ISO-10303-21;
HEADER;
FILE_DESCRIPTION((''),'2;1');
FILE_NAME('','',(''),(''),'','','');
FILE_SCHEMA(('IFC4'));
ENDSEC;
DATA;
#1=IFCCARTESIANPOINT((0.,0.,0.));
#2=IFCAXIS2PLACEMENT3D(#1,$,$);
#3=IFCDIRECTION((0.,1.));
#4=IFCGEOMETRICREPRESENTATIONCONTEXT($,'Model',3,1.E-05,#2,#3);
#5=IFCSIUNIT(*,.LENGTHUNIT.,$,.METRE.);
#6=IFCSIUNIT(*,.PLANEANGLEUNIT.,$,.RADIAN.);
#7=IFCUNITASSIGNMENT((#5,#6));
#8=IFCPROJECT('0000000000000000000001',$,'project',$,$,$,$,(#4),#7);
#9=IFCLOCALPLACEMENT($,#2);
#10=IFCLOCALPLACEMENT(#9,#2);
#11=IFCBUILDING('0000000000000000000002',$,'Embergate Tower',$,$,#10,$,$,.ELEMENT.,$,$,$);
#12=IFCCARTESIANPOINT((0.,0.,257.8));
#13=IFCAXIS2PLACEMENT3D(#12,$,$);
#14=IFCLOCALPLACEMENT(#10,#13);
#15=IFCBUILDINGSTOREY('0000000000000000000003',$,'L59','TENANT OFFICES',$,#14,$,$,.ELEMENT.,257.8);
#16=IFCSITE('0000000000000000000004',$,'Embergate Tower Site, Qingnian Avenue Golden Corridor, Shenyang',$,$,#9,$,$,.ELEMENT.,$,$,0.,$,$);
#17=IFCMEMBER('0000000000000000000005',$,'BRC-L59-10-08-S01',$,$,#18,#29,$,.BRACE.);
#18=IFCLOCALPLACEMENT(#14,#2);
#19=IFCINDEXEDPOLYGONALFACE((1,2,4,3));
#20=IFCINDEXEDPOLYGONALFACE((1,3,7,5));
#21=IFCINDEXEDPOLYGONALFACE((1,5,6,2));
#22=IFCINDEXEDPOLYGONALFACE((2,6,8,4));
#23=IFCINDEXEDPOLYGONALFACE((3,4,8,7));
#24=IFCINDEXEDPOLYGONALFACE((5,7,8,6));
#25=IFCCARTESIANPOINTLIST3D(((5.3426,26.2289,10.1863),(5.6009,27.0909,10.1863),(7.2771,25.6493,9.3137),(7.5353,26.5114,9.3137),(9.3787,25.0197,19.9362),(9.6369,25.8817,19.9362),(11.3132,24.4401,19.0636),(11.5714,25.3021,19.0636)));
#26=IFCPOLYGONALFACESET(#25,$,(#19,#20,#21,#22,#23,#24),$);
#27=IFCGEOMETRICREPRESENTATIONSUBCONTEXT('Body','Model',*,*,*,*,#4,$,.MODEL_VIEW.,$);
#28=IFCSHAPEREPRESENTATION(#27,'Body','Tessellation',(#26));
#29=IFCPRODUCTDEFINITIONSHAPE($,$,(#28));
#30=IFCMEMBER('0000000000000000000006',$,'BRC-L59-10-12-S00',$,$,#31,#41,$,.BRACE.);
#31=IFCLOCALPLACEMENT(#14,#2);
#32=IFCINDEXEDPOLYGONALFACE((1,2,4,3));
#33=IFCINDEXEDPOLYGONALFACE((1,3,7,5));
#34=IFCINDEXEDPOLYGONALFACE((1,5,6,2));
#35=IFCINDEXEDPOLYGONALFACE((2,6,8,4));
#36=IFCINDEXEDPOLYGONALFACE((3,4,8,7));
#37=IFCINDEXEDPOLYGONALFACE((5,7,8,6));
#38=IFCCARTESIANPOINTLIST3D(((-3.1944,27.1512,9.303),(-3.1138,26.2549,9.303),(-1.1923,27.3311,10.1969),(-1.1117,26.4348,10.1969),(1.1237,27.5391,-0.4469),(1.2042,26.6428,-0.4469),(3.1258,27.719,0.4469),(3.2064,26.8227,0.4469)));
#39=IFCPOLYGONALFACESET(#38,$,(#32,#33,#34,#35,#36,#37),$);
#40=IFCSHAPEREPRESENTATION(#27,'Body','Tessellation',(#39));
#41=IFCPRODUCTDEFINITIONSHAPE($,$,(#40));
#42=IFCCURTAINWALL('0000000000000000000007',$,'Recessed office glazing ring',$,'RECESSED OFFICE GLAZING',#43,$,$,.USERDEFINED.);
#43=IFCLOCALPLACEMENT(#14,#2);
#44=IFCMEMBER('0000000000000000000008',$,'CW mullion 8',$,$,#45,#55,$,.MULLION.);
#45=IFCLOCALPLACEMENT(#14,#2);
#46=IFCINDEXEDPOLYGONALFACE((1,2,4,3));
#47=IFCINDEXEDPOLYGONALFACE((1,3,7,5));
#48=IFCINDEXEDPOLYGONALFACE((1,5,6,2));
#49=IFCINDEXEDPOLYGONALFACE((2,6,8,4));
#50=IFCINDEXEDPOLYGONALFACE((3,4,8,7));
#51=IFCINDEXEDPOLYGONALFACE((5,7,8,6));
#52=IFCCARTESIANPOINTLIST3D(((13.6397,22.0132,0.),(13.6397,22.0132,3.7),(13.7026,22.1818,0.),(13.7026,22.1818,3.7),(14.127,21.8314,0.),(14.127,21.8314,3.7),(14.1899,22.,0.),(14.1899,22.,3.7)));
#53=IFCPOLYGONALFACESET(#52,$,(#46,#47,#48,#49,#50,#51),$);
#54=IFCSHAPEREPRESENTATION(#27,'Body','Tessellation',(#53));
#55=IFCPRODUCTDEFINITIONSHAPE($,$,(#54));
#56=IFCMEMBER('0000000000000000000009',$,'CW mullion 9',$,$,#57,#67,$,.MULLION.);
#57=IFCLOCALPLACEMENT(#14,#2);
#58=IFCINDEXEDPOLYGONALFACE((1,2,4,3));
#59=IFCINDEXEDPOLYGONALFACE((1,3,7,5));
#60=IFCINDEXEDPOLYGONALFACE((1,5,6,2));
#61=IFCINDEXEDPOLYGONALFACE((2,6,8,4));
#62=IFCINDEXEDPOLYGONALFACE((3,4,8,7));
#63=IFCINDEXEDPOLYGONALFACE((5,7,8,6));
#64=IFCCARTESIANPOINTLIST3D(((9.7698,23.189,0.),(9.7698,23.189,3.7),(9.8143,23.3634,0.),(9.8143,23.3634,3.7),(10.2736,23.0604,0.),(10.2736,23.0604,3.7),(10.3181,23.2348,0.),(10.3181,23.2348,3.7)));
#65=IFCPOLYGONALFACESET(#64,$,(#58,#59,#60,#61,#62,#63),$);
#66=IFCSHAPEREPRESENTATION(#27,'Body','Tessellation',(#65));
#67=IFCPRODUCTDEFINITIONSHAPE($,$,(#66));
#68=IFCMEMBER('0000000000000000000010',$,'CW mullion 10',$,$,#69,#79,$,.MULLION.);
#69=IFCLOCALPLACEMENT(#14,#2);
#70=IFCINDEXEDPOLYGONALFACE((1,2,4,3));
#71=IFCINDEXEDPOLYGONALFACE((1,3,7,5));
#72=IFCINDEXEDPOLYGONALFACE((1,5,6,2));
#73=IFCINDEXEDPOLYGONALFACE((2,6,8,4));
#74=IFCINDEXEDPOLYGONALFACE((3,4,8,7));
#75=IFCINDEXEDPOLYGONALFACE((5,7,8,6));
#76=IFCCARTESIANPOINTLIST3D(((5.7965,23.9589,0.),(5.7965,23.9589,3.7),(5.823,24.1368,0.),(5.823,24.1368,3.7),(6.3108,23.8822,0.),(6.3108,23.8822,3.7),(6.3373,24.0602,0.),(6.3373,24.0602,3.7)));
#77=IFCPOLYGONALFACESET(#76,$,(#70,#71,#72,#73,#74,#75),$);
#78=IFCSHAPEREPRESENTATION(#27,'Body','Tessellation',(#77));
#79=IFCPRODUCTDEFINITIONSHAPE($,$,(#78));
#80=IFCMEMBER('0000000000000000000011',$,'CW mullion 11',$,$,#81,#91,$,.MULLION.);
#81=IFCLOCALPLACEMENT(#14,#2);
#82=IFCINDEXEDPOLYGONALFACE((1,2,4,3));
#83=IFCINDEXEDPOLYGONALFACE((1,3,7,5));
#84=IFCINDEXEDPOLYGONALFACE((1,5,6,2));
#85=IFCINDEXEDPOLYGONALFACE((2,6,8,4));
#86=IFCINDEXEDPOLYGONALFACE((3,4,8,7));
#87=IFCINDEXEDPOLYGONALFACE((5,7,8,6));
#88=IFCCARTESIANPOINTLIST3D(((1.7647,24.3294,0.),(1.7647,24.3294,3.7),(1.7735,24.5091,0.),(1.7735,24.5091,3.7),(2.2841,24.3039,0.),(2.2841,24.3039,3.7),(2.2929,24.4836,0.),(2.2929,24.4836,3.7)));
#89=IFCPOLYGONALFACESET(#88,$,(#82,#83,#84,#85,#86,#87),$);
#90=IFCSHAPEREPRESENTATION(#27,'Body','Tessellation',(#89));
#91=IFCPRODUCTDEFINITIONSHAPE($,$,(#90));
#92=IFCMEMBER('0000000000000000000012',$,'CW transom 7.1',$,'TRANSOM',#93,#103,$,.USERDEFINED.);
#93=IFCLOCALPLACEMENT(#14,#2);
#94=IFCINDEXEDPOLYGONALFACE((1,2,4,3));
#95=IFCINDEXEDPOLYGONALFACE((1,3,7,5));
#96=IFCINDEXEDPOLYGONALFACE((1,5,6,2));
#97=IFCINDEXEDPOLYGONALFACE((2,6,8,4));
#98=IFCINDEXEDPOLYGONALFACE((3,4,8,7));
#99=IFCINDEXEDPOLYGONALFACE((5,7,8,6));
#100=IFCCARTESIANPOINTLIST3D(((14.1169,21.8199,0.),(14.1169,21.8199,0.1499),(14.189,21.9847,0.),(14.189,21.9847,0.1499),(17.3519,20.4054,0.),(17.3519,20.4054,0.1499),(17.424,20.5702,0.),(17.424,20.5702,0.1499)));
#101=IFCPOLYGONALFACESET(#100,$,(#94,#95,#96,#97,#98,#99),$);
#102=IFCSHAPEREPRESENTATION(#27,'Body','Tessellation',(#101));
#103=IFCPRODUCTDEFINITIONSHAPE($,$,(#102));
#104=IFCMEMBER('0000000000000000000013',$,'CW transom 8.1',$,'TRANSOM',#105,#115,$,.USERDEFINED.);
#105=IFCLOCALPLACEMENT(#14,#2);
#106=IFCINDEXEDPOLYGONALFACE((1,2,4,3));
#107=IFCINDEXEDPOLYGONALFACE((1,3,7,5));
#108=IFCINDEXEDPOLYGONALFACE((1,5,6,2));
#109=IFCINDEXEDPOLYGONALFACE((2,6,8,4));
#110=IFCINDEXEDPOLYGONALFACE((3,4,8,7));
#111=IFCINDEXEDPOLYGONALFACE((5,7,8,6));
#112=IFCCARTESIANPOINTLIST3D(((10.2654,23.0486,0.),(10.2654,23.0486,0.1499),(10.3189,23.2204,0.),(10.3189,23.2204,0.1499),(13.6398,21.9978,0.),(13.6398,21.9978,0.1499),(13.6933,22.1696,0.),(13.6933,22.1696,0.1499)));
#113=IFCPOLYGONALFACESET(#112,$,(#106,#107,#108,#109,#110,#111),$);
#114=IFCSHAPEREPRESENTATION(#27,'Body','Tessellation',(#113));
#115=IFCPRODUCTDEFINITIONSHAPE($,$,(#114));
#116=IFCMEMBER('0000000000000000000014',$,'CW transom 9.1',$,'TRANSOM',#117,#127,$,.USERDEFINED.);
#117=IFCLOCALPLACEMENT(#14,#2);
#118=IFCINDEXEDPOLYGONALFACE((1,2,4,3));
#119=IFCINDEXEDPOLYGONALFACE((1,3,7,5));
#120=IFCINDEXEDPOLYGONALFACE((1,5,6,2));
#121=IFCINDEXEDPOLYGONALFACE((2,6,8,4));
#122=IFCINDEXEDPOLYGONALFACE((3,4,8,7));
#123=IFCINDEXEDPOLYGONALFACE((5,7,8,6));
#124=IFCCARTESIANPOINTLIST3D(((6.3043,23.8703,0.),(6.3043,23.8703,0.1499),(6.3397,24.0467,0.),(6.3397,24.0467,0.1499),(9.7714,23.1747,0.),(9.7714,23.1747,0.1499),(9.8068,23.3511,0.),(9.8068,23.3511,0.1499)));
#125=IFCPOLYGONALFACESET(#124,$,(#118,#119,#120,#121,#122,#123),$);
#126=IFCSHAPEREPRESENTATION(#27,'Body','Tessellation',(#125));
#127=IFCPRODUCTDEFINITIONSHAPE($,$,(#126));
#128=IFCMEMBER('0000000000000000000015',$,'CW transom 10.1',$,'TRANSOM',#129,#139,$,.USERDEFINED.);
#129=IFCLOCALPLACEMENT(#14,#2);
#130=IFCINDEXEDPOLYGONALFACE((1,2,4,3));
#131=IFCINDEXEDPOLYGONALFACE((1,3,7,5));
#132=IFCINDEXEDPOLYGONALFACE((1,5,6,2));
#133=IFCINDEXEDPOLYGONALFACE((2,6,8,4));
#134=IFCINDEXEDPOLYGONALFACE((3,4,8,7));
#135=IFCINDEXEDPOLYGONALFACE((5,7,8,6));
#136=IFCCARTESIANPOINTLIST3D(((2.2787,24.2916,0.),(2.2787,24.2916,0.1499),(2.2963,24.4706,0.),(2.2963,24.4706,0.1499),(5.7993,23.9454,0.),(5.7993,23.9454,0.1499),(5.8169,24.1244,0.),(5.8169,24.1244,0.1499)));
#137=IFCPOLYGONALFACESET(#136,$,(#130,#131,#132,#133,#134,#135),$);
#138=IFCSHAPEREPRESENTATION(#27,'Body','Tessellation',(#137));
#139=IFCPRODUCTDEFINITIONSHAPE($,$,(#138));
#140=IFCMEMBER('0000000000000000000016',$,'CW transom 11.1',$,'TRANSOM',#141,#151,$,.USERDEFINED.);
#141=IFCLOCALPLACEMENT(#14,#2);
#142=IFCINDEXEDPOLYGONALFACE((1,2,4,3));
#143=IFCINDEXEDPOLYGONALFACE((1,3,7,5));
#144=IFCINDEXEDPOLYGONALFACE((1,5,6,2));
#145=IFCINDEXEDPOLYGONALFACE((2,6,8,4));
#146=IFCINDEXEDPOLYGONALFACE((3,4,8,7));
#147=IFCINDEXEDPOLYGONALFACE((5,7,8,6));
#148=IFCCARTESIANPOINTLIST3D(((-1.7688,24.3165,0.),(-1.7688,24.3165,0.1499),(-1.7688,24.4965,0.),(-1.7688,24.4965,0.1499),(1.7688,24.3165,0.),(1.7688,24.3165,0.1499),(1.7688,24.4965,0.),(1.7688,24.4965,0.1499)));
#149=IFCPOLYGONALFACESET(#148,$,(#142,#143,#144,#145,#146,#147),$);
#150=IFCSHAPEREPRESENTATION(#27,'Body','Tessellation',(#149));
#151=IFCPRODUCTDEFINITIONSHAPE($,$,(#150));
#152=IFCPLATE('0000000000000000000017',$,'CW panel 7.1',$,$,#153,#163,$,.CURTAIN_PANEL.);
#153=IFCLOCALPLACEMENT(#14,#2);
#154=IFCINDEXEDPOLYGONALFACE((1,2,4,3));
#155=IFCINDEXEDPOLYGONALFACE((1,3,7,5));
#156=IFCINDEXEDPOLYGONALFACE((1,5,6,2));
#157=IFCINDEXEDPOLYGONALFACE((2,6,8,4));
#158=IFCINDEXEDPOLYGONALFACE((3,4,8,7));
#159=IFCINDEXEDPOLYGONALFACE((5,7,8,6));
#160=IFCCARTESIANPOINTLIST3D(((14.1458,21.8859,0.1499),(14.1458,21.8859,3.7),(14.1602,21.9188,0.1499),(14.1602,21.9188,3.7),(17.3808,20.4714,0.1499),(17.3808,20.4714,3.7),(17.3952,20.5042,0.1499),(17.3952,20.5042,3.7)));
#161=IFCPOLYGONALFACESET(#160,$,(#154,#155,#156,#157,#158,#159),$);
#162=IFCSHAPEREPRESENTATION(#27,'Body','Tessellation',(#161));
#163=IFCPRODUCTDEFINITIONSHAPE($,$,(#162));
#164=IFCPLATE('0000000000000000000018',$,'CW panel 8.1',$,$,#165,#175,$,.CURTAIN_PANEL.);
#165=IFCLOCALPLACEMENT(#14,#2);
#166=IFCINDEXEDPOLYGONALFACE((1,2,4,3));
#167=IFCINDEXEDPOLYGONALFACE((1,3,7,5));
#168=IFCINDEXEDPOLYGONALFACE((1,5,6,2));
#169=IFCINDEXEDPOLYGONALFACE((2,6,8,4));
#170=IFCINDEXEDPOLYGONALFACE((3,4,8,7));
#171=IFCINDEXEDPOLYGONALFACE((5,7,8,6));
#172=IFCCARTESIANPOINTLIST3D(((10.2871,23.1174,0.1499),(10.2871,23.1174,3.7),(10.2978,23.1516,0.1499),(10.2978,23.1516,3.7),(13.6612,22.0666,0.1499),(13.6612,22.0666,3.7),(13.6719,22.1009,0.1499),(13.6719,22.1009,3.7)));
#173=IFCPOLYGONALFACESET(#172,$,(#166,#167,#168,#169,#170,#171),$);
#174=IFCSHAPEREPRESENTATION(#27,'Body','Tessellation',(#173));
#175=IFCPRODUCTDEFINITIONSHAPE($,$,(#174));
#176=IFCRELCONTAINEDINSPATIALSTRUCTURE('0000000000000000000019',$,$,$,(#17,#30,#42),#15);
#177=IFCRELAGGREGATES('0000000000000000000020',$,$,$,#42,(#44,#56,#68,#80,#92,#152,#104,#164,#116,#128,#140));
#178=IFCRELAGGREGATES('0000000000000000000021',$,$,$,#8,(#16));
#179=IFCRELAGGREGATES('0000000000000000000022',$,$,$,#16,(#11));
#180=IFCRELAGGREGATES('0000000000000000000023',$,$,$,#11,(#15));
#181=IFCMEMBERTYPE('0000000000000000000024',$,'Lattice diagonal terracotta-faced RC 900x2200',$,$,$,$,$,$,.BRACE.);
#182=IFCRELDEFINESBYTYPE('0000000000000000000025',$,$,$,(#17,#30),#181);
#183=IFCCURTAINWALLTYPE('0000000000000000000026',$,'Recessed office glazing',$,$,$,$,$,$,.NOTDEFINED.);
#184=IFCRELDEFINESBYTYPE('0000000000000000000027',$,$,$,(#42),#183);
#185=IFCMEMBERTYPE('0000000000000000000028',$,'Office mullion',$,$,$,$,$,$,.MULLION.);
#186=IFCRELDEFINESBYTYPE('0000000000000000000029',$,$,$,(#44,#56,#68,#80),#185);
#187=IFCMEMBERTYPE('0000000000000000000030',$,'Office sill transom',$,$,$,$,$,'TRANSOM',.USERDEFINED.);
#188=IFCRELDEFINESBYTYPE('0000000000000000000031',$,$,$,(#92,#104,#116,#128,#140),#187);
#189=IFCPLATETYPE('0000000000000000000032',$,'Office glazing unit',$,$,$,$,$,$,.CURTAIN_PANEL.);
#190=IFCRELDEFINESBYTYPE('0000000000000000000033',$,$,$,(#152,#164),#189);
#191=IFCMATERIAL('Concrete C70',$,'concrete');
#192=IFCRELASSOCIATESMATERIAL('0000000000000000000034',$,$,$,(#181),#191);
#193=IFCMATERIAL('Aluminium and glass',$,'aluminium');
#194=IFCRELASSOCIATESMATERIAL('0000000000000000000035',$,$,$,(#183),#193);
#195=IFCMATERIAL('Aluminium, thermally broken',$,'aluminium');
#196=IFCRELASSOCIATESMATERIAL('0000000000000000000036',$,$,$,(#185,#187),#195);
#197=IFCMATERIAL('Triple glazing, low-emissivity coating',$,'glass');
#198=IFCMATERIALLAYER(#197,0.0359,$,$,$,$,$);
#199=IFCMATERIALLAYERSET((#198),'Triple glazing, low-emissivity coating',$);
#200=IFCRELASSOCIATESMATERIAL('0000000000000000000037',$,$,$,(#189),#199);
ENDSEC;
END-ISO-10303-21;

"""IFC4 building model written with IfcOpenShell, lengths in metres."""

from ifc_helpers import new_model, si_unit, direction, frame, origin, origin_2d, place, context, subcontext, project, spatial, rectangle, extrude, source, transform, mapped, material, layer, layer_set, material_profile, profile_set, type_object, element, aggregate, save


model = new_model("IFC4")

# Units and contexts
model_context = context("Model", 3, precision=1e-05, world=origin(), true_north=direction((0.0, 1.0)))
body_context = subcontext(model_context, "Body", "Model", "MODEL_VIEW")
ifc_project = project(units=[si_unit("LENGTHUNIT", "METRE"), si_unit("PLANEANGLEUNIT", "RADIAN")], contexts=[model_context])

# Site, building, storey
site_placement = place(None, origin())
site = spatial("IfcSite", under=ifc_project, at=site_placement, Name="Embergate Tower Site, Qingnian Avenue Golden Corridor, Shenyang", CompositionType="ELEMENT", RefElevation=0.0)
building_placement = place(site_placement, origin())
building = spatial("IfcBuilding", under=site, at=building_placement, Name="Embergate Tower", CompositionType="ELEMENT")
storey_placement = place(building_placement, frame((0.0, 0.0, 257.8)))
storey = spatial("IfcBuildingStorey", under=building, at=storey_placement, Name="L59", Description="TENANT OFFICES", CompositionType="ELEMENT", Elevation=257.8)

# Members
ifc_material_1 = material(Name="Concrete C70", Category="concrete")
ifc_material_profile_1 = material_profile(ifc_material_1, rectangle(XDim=0.8999, YDim=2.2, at=origin_2d()), Name="RC 900x2200")
ifc_profile_set_1 = profile_set([ifc_material_profile_1], Name="Concrete C70")
member_type_1 = type_object("IfcMemberType", Name="Lattice diagonal terracotta-faced RC 900x2200", PredefinedType="BRACE", material=ifc_profile_set_1)
shared_shape_1 = source(origin(), body_context, "Body", "SweptSolid", [
    extrude(rectangle(XDim=0.8999, YDim=2.2, at=origin_2d()), origin(), (0.0, 0.0, 1.0), 10.6213),
])
member_1_placement = place(storey_placement, frame((6.439, 26.3701, 9.75), z_axis=(0.379998, -0.113848, 0.917954), x_axis=(0.286997, 0.957931, 0.0)))
element("IfcMember", 1, at=member_1_placement, inside=storey, type_object=member_type_1, Name="BRC-L59-10-08-S01", PredefinedType="BRACE", context=body_context, shape_type="MappedRepresentation", body=[
    mapped(shared_shape_1, transform((0.0, 0.0, 0.0))),
])
shared_shape_2 = source(origin(), body_context, "Body", "SweptSolid", [
    extrude(rectangle(XDim=0.8999, YDim=2.2, at=origin_2d()), origin(), (0.0, 0.0, 1.0), 10.6704),
])
member_2_placement = place(storey_placement, frame((2.165, 27.1809, 0.0), z_axis=(-0.404679, -0.036356, 0.913736), x_axis=(0.08948, -0.995989, 0.0)))
element("IfcMember", 2, at=member_2_placement, inside=storey, type_object=member_type_1, Name="BRC-L59-10-12-S00", PredefinedType="BRACE", context=body_context, shape_type="MappedRepresentation", body=[
    mapped(shared_shape_2, transform((0.0, 0.0, 0.0))),
])

# Curtain wall, members, plates
ifc_material_2 = material(Name="Aluminium and glass", Category="aluminium")
curtain_wall_type = type_object("IfcCurtainWallType", Name="Recessed office glazing", PredefinedType="NOTDEFINED", material=ifc_material_2)
curtain_wall_placement = place(storey_placement, origin())
curtain_wall = element("IfcCurtainWall", 3, at=curtain_wall_placement, inside=storey, type_object=curtain_wall_type, Name="Recessed office glazing ring", ObjectType="RECESSED OFFICE GLAZING", PredefinedType="USERDEFINED")
ifc_material_3 = material(Name="Aluminium, thermally broken", Category="aluminium")
ifc_material_profile_2 = material_profile(ifc_material_3, rectangle(XDim=0.1799, YDim=0.52, at=origin_2d()), Name="AL 520x180")
ifc_profile_set_2 = profile_set([ifc_material_profile_2], Name="Aluminium, thermally broken")
member_type_2 = type_object("IfcMemberType", Name="Office mullion", PredefinedType="MULLION", material=ifc_profile_set_2)
shared_shape_3 = source(origin(), body_context, "Body", "SweptSolid", [
    extrude(rectangle(XDim=0.1799, YDim=0.52, at=origin_2d()), origin(), (0.0, 0.0, 1.0), 3.7),
])
member_3_placement = place(storey_placement, frame((13.9148, 22.0066, 0.0), z_axis=(0.0, 0.0, 1.0), x_axis=(-0.349498, -0.936937, 0.0)))
member_3 = element("IfcMember", 4, at=member_3_placement, type_object=member_type_2, Name="CW mullion 8", PredefinedType="MULLION", context=body_context, shape_type="MappedRepresentation", body=[
    mapped(shared_shape_3, transform((0.0, 0.0, 0.0))),
])
member_4_placement = place(storey_placement, frame((10.0439, 23.2119, 0.0), z_axis=(0.0, 0.0, 1.0), x_axis=(-0.247308, -0.968937, 0.0)))
member_4 = element("IfcMember", 5, at=member_4_placement, type_object=member_type_2, Name="CW mullion 9", PredefinedType="MULLION", context=body_context, shape_type="MappedRepresentation", body=[
    mapped(shared_shape_3, transform((0.0, 0.0, 0.0))),
])
member_5_placement = place(storey_placement, frame((6.0669, 24.0095, 0.0), z_axis=(0.0, 0.0, 1.0), x_axis=(-0.147411, -0.989075, 0.0)))
member_5 = element("IfcMember", 6, at=member_5_placement, type_object=member_type_2, Name="CW mullion 10", PredefinedType="MULLION", context=body_context, shape_type="MappedRepresentation", body=[
    mapped(shared_shape_3, transform((0.0, 0.0, 0.0))),
])
member_6_placement = place(storey_placement, frame((2.0288, 24.4065, 0.0), z_axis=(0.0, 0.0, 1.0), x_axis=(-0.04897, -0.9988, 0.0)))
member_6 = element("IfcMember", 7, at=member_6_placement, type_object=member_type_2, Name="CW mullion 11", PredefinedType="MULLION", context=body_context, shape_type="MappedRepresentation", body=[
    mapped(shared_shape_3, transform((0.0, 0.0, 0.0))),
])
ifc_material_profile_3 = material_profile(ifc_material_3, rectangle(XDim=0.1799, YDim=0.1499, at=origin_2d()), Name="AL 150x180")
ifc_profile_set_3 = profile_set([ifc_material_profile_3], Name="Aluminium, thermally broken")
member_type_3 = type_object("IfcMemberType", Name="Office sill transom", ElementType="TRANSOM", PredefinedType="USERDEFINED", material=ifc_profile_set_3)
shared_shape_4 = source(origin(), body_context, "Body", "SweptSolid", [
    extrude(rectangle(XDim=0.1799, YDim=0.1499, at=origin_2d()), origin(), (0.0, 0.0, 1.0), 3.5308),
])
member_7_placement = place(storey_placement, frame((17.3879, 20.4878, 0.075), z_axis=(-0.916241, 0.400627, 0.0), x_axis=(-0.400627, -0.916241, 0.0)))
member_7 = element("IfcMember", 8, at=member_7_placement, type_object=member_type_3, Name="CW transom 7.1", ObjectType="TRANSOM", PredefinedType="USERDEFINED", context=body_context, shape_type="MappedRepresentation", body=[
    mapped(shared_shape_4, transform((0.0, 0.0, 0.0))),
])
shared_shape_5 = source(origin(), body_context, "Body", "SweptSolid", [
    extrude(rectangle(XDim=0.1799, YDim=0.1499, at=origin_2d()), origin(), (0.0, 0.0, 1.0), 3.5342),
])
member_8_placement = place(storey_placement, frame((13.6665, 22.0837, 0.075), z_axis=(-0.954776, 0.297327, 0.0), x_axis=(-0.297327, -0.954776, 0.0)))
member_8 = element("IfcMember", 9, at=member_8_placement, type_object=member_type_3, Name="CW transom 8.1", ObjectType="TRANSOM", PredefinedType="USERDEFINED", context=body_context, shape_type="MappedRepresentation", body=[
    mapped(shared_shape_5, transform((0.0, 0.0, 0.0))),
])
shared_shape_6 = source(origin(), body_context, "Body", "SweptSolid", [
    extrude(rectangle(XDim=0.1799, YDim=0.1499, at=origin_2d()), origin(), (0.0, 0.0, 1.0), 3.5361),
])
member_9_placement = place(storey_placement, frame((9.7891, 23.2629, 0.075), z_axis=(-0.980464, 0.1967, 0.0), x_axis=(-0.1967, -0.980464, 0.0)))
member_9 = element("IfcMember", 10, at=member_9_placement, type_object=member_type_3, Name="CW transom 9.1", ObjectType="TRANSOM", PredefinedType="USERDEFINED", context=body_context, shape_type="MappedRepresentation", body=[
    mapped(shared_shape_6, transform((0.0, 0.0, 0.0))),
])
shared_shape_7 = source(origin(), body_context, "Body", "SweptSolid", [
    extrude(rectangle(XDim=0.1799, YDim=0.1499, at=origin_2d()), origin(), (0.0, 0.0, 1.0), 3.5376),
])
member_10_placement = place(storey_placement, frame((5.8081, 24.0349, 0.075), z_axis=(-0.9952, 0.097864, 0.0), x_axis=(-0.097864, -0.9952, 0.0)))
member_10 = element("IfcMember", 11, at=member_10_placement, type_object=member_type_3, Name="CW transom 10.1", ObjectType="TRANSOM", PredefinedType="USERDEFINED", context=body_context, shape_type="MappedRepresentation", body=[
    mapped(shared_shape_7, transform((0.0, 0.0, 0.0))),
])
member_11_placement = place(storey_placement, frame((1.7688, 24.4065, 0.075), z_axis=(-1.0, 0.0, 0.0), x_axis=(0.0, -1.0, 0.0)))
member_11 = element("IfcMember", 12, at=member_11_placement, type_object=member_type_3, Name="CW transom 11.1", ObjectType="TRANSOM", PredefinedType="USERDEFINED", context=body_context, shape_type="MappedRepresentation", body=[
    mapped(shared_shape_7, transform((0.0, 0.0, 0.0))),
])
ifc_material_4 = material(Name="Triple glazing, low-emissivity coating", Category="glass")
ifc_layer_1 = layer(ifc_material_4, 0.0359)
ifc_layer_set_1 = layer_set([ifc_layer_1], Name="Triple glazing, low-emissivity coating")
plate_type = type_object("IfcPlateType", Name="Office glazing unit", PredefinedType="CURTAIN_PANEL", material=ifc_layer_set_1)
shared_shape_8 = source(origin(), body_context, "Body", "SweptSolid", [
    extrude(rectangle(XDim=3.5308, YDim=0.0359, at=origin_2d()), origin(), (0.0, 0.0, 1.0), 3.55),
])
plate_1_placement = place(storey_placement, frame((15.7705, 21.1951, 0.1499), z_axis=(0.0, 0.0, 1.0), x_axis=(-0.916237, 0.400637, 0.0)))
plate_1 = element("IfcPlate", 13, at=plate_1_placement, type_object=plate_type, Name="CW panel 7.1", PredefinedType="CURTAIN_PANEL", context=body_context, shape_type="MappedRepresentation", body=[
    mapped(shared_shape_8, transform((0.0, 0.0, 0.0))),
])
shared_shape_9 = source(origin(), body_context, "Body", "SweptSolid", [
    extrude(rectangle(XDim=3.5339, YDim=0.0359, at=origin_2d()), origin(), (0.0, 0.0, 1.0), 3.55),
])
plate_2_placement = place(storey_placement, frame((11.9795, 22.6091, 0.1499), z_axis=(0.0, 0.0, 1.0), x_axis=(-0.954773, 0.297337, 0.0)))
plate_2 = element("IfcPlate", 14, at=plate_2_placement, type_object=plate_type, Name="CW panel 8.1", PredefinedType="CURTAIN_PANEL", context=body_context, shape_type="MappedRepresentation", body=[
    mapped(shared_shape_9, transform((0.0, 0.0, 0.0))),
])
aggregate(curtain_wall, [member_3, member_4, member_5, member_6, member_7, plate_1, member_8, plate_2, member_9, member_10, member_11])

save(model, "model.ifc")
